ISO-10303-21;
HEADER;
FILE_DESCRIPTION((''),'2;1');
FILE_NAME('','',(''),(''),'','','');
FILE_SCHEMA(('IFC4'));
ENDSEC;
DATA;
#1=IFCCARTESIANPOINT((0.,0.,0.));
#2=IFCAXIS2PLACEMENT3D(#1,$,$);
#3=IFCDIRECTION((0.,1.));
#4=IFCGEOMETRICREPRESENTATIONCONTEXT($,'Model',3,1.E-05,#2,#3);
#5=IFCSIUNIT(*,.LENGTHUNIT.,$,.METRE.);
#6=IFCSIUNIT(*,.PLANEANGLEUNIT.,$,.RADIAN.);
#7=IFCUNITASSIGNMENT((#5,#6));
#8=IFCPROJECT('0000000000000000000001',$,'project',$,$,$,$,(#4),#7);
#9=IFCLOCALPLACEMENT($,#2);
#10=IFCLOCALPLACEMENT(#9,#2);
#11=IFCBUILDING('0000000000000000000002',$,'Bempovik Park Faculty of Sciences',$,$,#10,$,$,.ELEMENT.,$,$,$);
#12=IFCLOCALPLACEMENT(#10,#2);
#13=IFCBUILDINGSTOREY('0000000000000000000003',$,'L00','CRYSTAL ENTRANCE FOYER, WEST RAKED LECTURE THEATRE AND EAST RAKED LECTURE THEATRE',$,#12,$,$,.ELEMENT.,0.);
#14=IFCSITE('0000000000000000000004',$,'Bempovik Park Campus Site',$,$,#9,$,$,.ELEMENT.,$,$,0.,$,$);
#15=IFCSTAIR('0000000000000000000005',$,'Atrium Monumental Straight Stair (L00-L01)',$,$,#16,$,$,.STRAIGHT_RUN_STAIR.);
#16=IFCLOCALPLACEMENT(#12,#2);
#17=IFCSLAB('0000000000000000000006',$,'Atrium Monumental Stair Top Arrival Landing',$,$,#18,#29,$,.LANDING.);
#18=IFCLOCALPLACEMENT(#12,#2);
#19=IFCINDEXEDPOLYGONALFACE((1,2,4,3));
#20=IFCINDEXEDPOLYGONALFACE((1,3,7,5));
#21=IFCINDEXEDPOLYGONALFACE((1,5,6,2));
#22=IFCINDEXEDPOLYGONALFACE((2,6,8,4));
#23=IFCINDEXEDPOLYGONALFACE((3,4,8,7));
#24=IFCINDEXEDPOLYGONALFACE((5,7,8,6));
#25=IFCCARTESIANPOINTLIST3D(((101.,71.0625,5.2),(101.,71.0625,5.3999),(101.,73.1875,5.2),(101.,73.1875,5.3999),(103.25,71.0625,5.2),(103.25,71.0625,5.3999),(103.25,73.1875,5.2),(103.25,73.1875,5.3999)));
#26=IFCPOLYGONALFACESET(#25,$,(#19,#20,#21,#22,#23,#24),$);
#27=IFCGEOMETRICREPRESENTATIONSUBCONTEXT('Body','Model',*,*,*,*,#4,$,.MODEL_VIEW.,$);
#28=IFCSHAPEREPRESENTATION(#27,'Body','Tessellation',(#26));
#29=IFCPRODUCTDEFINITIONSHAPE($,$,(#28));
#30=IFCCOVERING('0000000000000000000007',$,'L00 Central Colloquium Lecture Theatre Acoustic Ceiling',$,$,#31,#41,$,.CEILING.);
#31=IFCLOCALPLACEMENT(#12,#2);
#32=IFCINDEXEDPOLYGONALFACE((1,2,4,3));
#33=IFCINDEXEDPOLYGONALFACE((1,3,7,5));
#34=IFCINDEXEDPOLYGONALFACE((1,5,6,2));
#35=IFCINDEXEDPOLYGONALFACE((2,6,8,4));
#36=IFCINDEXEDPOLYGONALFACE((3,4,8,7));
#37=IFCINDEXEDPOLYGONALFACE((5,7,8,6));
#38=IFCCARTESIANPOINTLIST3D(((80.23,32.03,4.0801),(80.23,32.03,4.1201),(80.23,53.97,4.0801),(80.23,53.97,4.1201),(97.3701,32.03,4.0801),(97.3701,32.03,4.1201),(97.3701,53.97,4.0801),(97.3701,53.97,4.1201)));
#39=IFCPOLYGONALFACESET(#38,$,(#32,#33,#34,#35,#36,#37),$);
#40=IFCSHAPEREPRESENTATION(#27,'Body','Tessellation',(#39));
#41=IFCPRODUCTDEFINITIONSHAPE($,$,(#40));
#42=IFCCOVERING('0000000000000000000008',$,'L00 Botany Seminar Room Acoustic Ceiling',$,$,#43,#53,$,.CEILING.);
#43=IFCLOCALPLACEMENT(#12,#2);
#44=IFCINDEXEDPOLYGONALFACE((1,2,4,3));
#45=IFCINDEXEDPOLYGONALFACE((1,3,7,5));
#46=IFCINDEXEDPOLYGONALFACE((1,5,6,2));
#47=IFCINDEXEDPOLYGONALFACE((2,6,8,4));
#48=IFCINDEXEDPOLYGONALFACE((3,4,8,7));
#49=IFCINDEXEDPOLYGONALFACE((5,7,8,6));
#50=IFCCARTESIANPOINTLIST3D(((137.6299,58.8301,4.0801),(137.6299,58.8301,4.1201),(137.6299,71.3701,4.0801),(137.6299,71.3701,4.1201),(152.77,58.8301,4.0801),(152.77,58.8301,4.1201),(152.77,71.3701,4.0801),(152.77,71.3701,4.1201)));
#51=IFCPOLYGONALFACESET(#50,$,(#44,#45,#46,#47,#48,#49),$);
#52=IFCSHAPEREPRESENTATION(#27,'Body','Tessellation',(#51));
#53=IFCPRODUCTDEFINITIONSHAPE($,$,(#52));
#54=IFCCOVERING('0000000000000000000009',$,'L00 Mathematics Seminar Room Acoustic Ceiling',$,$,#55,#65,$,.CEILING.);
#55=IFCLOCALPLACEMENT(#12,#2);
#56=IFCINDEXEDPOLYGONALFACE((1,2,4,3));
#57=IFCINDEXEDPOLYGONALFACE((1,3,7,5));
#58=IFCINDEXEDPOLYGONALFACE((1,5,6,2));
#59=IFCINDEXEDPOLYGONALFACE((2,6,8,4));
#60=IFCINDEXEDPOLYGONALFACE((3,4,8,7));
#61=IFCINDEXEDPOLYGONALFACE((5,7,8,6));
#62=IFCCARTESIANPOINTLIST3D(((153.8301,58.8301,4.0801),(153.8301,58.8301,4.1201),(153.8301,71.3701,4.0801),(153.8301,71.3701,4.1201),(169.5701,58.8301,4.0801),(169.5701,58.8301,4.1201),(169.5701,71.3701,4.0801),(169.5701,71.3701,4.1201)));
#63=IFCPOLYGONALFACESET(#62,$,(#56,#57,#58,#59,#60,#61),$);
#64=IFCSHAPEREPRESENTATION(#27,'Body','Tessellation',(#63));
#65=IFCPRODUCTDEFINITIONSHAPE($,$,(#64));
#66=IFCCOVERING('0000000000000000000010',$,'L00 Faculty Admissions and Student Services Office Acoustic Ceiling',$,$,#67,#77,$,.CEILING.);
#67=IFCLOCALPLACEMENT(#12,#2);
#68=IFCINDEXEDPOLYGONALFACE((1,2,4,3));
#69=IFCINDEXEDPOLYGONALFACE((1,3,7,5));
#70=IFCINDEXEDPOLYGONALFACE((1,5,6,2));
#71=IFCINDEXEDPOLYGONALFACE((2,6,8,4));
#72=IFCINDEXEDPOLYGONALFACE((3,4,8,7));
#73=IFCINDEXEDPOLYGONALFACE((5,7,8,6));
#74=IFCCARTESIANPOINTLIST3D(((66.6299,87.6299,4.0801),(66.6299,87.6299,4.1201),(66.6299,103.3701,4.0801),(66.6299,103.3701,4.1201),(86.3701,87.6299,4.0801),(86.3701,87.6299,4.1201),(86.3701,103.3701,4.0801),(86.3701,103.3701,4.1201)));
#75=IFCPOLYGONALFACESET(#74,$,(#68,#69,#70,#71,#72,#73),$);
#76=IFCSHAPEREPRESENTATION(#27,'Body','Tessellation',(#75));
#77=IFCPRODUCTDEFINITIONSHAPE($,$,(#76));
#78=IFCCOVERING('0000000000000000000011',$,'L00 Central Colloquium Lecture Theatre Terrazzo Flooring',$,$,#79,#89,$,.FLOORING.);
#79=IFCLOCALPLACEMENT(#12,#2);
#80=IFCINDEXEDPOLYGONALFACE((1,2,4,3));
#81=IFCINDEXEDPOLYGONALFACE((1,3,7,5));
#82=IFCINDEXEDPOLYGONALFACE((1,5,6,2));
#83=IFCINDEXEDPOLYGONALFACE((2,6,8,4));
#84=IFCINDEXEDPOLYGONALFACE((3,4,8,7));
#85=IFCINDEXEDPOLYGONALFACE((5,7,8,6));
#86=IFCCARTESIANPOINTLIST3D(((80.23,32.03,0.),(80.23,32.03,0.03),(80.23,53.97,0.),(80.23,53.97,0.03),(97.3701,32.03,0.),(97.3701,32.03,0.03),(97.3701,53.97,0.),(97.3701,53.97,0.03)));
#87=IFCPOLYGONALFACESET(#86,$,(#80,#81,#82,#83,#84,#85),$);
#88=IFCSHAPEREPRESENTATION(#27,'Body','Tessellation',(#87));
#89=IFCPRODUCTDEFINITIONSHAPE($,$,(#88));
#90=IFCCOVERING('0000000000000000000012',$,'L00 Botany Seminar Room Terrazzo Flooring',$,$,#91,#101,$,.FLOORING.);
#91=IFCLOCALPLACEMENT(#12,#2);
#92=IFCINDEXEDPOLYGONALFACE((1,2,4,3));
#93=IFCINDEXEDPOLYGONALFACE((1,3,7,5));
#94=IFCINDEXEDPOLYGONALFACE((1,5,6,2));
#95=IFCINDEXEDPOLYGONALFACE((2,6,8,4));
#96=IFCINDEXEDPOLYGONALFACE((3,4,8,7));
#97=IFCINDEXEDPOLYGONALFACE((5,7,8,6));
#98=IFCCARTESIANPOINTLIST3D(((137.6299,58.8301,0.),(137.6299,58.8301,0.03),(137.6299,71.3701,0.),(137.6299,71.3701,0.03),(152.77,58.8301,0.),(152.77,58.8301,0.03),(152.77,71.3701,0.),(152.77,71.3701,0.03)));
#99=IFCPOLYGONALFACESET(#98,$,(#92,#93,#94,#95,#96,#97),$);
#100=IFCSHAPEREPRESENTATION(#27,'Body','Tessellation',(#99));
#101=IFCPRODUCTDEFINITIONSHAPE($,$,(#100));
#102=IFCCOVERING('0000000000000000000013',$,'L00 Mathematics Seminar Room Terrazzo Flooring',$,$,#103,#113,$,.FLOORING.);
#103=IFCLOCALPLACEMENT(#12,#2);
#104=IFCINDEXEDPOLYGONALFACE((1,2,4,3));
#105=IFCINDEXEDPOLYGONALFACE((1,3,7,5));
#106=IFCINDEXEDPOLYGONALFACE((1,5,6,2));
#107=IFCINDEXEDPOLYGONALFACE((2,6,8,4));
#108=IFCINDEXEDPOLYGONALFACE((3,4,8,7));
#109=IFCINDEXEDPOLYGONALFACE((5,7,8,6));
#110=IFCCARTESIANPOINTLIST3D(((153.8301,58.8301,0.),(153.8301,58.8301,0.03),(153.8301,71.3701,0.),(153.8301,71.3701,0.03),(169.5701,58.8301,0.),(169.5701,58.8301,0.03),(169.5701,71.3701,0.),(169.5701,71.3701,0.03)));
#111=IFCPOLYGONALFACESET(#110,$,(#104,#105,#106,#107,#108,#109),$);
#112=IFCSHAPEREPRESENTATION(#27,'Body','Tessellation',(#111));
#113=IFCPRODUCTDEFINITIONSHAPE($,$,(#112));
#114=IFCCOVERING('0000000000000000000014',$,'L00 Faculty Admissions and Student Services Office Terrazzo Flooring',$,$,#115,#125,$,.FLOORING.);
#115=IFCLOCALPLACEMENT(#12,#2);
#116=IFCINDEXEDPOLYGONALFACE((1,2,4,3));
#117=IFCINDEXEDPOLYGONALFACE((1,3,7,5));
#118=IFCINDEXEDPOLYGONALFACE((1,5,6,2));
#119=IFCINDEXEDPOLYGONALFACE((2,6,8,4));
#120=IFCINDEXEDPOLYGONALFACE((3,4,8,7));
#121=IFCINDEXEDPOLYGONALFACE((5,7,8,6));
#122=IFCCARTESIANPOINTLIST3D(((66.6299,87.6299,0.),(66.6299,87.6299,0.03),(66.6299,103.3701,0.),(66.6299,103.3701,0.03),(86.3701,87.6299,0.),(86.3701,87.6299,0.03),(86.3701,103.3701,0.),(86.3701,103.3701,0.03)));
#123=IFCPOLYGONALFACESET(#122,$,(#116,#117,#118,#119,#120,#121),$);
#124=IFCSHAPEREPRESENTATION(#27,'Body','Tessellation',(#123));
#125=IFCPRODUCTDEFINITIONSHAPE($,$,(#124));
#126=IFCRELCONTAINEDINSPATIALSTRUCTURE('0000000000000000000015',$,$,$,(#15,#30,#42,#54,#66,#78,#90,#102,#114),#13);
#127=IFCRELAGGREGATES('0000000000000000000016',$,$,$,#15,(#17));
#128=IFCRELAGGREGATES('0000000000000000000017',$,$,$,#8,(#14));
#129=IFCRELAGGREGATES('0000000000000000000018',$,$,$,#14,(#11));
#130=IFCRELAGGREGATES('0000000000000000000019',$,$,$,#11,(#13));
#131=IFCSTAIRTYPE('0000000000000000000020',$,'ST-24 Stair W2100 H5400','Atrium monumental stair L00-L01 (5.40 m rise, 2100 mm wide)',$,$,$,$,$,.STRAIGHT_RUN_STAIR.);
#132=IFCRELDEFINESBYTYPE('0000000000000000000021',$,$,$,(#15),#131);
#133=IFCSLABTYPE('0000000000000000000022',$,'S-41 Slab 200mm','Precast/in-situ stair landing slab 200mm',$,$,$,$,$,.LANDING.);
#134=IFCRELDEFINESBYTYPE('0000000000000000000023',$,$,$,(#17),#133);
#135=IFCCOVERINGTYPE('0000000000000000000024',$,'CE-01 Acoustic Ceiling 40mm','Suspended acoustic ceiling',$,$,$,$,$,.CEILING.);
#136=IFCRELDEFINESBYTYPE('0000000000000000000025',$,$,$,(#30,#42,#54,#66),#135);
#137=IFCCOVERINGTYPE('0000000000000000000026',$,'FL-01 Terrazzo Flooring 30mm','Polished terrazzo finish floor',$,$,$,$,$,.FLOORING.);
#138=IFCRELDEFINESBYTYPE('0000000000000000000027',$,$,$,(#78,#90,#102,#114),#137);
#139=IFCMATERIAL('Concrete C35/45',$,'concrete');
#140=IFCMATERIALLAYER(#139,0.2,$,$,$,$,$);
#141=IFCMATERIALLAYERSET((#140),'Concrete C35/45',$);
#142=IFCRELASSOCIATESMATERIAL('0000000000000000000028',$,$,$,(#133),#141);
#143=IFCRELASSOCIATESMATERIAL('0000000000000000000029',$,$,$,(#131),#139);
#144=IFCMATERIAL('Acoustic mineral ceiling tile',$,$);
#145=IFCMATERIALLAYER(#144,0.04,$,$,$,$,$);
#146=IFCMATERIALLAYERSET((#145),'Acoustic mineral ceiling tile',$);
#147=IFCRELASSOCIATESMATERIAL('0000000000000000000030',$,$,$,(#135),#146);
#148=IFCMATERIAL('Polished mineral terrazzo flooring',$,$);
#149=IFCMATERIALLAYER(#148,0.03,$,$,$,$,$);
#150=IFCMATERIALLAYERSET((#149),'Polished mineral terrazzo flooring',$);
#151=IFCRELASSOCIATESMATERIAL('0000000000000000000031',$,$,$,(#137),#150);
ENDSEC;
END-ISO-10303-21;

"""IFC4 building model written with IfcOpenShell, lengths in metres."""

from ifc_helpers import new_model, si_unit, direction, frame, origin, place, context, subcontext, project, spatial, polyline, outline, extrude, material, layer, layer_set, type_object, element, aggregate, save


model = new_model("IFC4")

# Units and contexts
model_context = context("Model", 3, precision=1e-05, world=origin(), true_north=direction((0.0, 1.0)))
body_context = subcontext(model_context, "Body", "Model", "MODEL_VIEW")
ifc_project = project(units=[si_unit("LENGTHUNIT", "METRE"), si_unit("PLANEANGLEUNIT", "RADIAN")], contexts=[model_context])

# Site, building, storey
site_placement = place(None, origin())
site = spatial("IfcSite", under=ifc_project, at=site_placement, Name="Bempovik Park Campus Site", CompositionType="ELEMENT", RefElevation=0.0)
building_placement = place(site_placement, origin())
building = spatial("IfcBuilding", under=site, at=building_placement, Name="Bempovik Park Faculty of Sciences", CompositionType="ELEMENT")
storey_placement = place(building_placement, origin())
storey = spatial("IfcBuildingStorey", under=building, at=storey_placement, Name="L00", Description="CRYSTAL ENTRANCE FOYER, WEST RAKED LECTURE THEATRE AND EAST RAKED LECTURE THEATRE", CompositionType="ELEMENT", Elevation=0.0)

# Shared definitions
ifc_material_1 = material(Name="Concrete C35/45", Category="concrete")

# Shared definitions
ifc_layer_1 = layer(ifc_material_1, 0.2)
ifc_layer_set_1 = layer_set([ifc_layer_1], Name="Concrete C35/45")
slab_type_1 = type_object("IfcSlabType", Name="S-41 Slab 200mm", Description="Precast/in-situ stair landing slab 200mm", PredefinedType="LANDING", material=ifc_layer_set_1)

# Stair, slab
stair_type_1 = type_object("IfcStairType", Name="ST-24 Stair W2100 H5400", Description="Atrium monumental stair L00-L01 (5.40 m rise, 2100 mm wide)", PredefinedType="STRAIGHT_RUN_STAIR", material=ifc_material_1)
stair_1_placement = place(storey_placement, origin())
stair_1 = element("IfcStair", 1, at=stair_1_placement, inside=storey, type_object=stair_type_1, Name="Atrium Monumental Straight Stair (L00-L01)", PredefinedType="STRAIGHT_RUN_STAIR")
slab_1_placement = place(storey_placement, frame((0.0, 0.0, 5.2)))
slab_1 = element("IfcSlab", 2, at=slab_1_placement, type_object=slab_type_1, Name="Atrium Monumental Stair Top Arrival Landing", PredefinedType="LANDING", context=body_context, shape_type="SweptSolid", body=[
    extrude(outline(polyline([(101.0, 71.0625), (103.25, 71.0625), (103.25, 73.1875), (101.0, 73.1875), (101.0, 71.0625)])), origin(), (0.0, 0.0, 1.0), 0.2),
])
aggregate(stair_1, [slab_1])

# Coverings
ifc_material_2 = material(Name="Acoustic mineral ceiling tile")
ifc_layer_2 = layer(ifc_material_2, 0.04)
ifc_layer_set_2 = layer_set([ifc_layer_2], Name="Acoustic mineral ceiling tile")
covering_type_1 = type_object("IfcCoveringType", Name="CE-01 Acoustic Ceiling 40mm", Description="Suspended acoustic ceiling", PredefinedType="CEILING", material=ifc_layer_set_2)
covering_1_placement = place(storey_placement, frame((0.0, 0.0, 4.0801)))
element("IfcCovering", 3, at=covering_1_placement, inside=storey, type_object=covering_type_1, Name="L00 Central Colloquium Lecture Theatre Acoustic Ceiling", PredefinedType="CEILING", context=body_context, shape_type="SweptSolid", body=[
    extrude(outline(polyline([(80.23, 32.03), (97.3701, 32.03), (97.3701, 53.97), (80.23, 53.97), (80.23, 32.03)])), origin(), (0.0, 0.0, 1.0), 0.04),
])
covering_2_placement = place(storey_placement, frame((0.0, 0.0, 4.0801)))
element("IfcCovering", 4, at=covering_2_placement, inside=storey, type_object=covering_type_1, Name="L00 Botany Seminar Room Acoustic Ceiling", PredefinedType="CEILING", context=body_context, shape_type="SweptSolid", body=[
    extrude(outline(polyline([(137.6299, 58.8301), (152.77, 58.8301), (152.77, 71.3701), (137.6299, 71.3701), (137.6299, 58.8301)])), origin(), (0.0, 0.0, 1.0), 0.04),
])
covering_3_placement = place(storey_placement, frame((0.0, 0.0, 4.0801)))
element("IfcCovering", 5, at=covering_3_placement, inside=storey, type_object=covering_type_1, Name="L00 Mathematics Seminar Room Acoustic Ceiling", PredefinedType="CEILING", context=body_context, shape_type="SweptSolid", body=[
    extrude(outline(polyline([(153.8301, 58.8301), (169.5701, 58.8301), (169.5701, 71.3701), (153.8301, 71.3701), (153.8301, 58.8301)])), origin(), (0.0, 0.0, 1.0), 0.04),
])
covering_4_placement = place(storey_placement, frame((0.0, 0.0, 4.0801)))
element("IfcCovering", 6, at=covering_4_placement, inside=storey, type_object=covering_type_1, Name="L00 Faculty Admissions and Student Services Office Acoustic Ceiling", PredefinedType="CEILING", context=body_context, shape_type="SweptSolid", body=[
    extrude(outline(polyline([(66.6299, 87.6299), (86.3701, 87.6299), (86.3701, 103.3701), (66.6299, 103.3701), (66.6299, 87.6299)])), origin(), (0.0, 0.0, 1.0), 0.04),
])
ifc_material_3 = material(Name="Polished mineral terrazzo flooring")
ifc_layer_3 = layer(ifc_material_3, 0.03)
ifc_layer_set_3 = layer_set([ifc_layer_3], Name="Polished mineral terrazzo flooring")
covering_type_2 = type_object("IfcCoveringType", Name="FL-01 Terrazzo Flooring 30mm", Description="Polished terrazzo finish floor", PredefinedType="FLOORING", material=ifc_layer_set_3)
covering_5_placement = place(storey_placement, origin())
element("IfcCovering", 7, at=covering_5_placement, inside=storey, type_object=covering_type_2, Name="L00 Central Colloquium Lecture Theatre Terrazzo Flooring", PredefinedType="FLOORING", context=body_context, shape_type="SweptSolid", body=[
    extrude(outline(polyline([(80.23, 32.03), (97.3701, 32.03), (97.3701, 53.97), (80.23, 53.97), (80.23, 32.03)])), origin(), (0.0, 0.0, 1.0), 0.03),
])
covering_6_placement = place(storey_placement, origin())
element("IfcCovering", 8, at=covering_6_placement, inside=storey, type_object=covering_type_2, Name="L00 Botany Seminar Room Terrazzo Flooring", PredefinedType="FLOORING", context=body_context, shape_type="SweptSolid", body=[
    extrude(outline(polyline([(137.6299, 58.8301), (152.77, 58.8301), (152.77, 71.3701), (137.6299, 71.3701), (137.6299, 58.8301)])), origin(), (0.0, 0.0, 1.0), 0.03),
])
covering_7_placement = place(storey_placement, origin())
element("IfcCovering", 9, at=covering_7_placement, inside=storey, type_object=covering_type_2, Name="L00 Mathematics Seminar Room Terrazzo Flooring", PredefinedType="FLOORING", context=body_context, shape_type="SweptSolid", body=[
    extrude(outline(polyline([(153.8301, 58.8301), (169.5701, 58.8301), (169.5701, 71.3701), (153.8301, 71.3701), (153.8301, 58.8301)])), origin(), (0.0, 0.0, 1.0), 0.03),
])
covering_8_placement = place(storey_placement, origin())
element("IfcCovering", 10, at=covering_8_placement, inside=storey, type_object=covering_type_2, Name="L00 Faculty Admissions and Student Services Office Terrazzo Flooring", PredefinedType="FLOORING", context=body_context, shape_type="SweptSolid", body=[
    extrude(outline(polyline([(66.6299, 87.6299), (86.3701, 87.6299), (86.3701, 103.3701), (66.6299, 103.3701), (66.6299, 87.6299)])), origin(), (0.0, 0.0, 1.0), 0.03),
])

save(model, "model.ifc")
